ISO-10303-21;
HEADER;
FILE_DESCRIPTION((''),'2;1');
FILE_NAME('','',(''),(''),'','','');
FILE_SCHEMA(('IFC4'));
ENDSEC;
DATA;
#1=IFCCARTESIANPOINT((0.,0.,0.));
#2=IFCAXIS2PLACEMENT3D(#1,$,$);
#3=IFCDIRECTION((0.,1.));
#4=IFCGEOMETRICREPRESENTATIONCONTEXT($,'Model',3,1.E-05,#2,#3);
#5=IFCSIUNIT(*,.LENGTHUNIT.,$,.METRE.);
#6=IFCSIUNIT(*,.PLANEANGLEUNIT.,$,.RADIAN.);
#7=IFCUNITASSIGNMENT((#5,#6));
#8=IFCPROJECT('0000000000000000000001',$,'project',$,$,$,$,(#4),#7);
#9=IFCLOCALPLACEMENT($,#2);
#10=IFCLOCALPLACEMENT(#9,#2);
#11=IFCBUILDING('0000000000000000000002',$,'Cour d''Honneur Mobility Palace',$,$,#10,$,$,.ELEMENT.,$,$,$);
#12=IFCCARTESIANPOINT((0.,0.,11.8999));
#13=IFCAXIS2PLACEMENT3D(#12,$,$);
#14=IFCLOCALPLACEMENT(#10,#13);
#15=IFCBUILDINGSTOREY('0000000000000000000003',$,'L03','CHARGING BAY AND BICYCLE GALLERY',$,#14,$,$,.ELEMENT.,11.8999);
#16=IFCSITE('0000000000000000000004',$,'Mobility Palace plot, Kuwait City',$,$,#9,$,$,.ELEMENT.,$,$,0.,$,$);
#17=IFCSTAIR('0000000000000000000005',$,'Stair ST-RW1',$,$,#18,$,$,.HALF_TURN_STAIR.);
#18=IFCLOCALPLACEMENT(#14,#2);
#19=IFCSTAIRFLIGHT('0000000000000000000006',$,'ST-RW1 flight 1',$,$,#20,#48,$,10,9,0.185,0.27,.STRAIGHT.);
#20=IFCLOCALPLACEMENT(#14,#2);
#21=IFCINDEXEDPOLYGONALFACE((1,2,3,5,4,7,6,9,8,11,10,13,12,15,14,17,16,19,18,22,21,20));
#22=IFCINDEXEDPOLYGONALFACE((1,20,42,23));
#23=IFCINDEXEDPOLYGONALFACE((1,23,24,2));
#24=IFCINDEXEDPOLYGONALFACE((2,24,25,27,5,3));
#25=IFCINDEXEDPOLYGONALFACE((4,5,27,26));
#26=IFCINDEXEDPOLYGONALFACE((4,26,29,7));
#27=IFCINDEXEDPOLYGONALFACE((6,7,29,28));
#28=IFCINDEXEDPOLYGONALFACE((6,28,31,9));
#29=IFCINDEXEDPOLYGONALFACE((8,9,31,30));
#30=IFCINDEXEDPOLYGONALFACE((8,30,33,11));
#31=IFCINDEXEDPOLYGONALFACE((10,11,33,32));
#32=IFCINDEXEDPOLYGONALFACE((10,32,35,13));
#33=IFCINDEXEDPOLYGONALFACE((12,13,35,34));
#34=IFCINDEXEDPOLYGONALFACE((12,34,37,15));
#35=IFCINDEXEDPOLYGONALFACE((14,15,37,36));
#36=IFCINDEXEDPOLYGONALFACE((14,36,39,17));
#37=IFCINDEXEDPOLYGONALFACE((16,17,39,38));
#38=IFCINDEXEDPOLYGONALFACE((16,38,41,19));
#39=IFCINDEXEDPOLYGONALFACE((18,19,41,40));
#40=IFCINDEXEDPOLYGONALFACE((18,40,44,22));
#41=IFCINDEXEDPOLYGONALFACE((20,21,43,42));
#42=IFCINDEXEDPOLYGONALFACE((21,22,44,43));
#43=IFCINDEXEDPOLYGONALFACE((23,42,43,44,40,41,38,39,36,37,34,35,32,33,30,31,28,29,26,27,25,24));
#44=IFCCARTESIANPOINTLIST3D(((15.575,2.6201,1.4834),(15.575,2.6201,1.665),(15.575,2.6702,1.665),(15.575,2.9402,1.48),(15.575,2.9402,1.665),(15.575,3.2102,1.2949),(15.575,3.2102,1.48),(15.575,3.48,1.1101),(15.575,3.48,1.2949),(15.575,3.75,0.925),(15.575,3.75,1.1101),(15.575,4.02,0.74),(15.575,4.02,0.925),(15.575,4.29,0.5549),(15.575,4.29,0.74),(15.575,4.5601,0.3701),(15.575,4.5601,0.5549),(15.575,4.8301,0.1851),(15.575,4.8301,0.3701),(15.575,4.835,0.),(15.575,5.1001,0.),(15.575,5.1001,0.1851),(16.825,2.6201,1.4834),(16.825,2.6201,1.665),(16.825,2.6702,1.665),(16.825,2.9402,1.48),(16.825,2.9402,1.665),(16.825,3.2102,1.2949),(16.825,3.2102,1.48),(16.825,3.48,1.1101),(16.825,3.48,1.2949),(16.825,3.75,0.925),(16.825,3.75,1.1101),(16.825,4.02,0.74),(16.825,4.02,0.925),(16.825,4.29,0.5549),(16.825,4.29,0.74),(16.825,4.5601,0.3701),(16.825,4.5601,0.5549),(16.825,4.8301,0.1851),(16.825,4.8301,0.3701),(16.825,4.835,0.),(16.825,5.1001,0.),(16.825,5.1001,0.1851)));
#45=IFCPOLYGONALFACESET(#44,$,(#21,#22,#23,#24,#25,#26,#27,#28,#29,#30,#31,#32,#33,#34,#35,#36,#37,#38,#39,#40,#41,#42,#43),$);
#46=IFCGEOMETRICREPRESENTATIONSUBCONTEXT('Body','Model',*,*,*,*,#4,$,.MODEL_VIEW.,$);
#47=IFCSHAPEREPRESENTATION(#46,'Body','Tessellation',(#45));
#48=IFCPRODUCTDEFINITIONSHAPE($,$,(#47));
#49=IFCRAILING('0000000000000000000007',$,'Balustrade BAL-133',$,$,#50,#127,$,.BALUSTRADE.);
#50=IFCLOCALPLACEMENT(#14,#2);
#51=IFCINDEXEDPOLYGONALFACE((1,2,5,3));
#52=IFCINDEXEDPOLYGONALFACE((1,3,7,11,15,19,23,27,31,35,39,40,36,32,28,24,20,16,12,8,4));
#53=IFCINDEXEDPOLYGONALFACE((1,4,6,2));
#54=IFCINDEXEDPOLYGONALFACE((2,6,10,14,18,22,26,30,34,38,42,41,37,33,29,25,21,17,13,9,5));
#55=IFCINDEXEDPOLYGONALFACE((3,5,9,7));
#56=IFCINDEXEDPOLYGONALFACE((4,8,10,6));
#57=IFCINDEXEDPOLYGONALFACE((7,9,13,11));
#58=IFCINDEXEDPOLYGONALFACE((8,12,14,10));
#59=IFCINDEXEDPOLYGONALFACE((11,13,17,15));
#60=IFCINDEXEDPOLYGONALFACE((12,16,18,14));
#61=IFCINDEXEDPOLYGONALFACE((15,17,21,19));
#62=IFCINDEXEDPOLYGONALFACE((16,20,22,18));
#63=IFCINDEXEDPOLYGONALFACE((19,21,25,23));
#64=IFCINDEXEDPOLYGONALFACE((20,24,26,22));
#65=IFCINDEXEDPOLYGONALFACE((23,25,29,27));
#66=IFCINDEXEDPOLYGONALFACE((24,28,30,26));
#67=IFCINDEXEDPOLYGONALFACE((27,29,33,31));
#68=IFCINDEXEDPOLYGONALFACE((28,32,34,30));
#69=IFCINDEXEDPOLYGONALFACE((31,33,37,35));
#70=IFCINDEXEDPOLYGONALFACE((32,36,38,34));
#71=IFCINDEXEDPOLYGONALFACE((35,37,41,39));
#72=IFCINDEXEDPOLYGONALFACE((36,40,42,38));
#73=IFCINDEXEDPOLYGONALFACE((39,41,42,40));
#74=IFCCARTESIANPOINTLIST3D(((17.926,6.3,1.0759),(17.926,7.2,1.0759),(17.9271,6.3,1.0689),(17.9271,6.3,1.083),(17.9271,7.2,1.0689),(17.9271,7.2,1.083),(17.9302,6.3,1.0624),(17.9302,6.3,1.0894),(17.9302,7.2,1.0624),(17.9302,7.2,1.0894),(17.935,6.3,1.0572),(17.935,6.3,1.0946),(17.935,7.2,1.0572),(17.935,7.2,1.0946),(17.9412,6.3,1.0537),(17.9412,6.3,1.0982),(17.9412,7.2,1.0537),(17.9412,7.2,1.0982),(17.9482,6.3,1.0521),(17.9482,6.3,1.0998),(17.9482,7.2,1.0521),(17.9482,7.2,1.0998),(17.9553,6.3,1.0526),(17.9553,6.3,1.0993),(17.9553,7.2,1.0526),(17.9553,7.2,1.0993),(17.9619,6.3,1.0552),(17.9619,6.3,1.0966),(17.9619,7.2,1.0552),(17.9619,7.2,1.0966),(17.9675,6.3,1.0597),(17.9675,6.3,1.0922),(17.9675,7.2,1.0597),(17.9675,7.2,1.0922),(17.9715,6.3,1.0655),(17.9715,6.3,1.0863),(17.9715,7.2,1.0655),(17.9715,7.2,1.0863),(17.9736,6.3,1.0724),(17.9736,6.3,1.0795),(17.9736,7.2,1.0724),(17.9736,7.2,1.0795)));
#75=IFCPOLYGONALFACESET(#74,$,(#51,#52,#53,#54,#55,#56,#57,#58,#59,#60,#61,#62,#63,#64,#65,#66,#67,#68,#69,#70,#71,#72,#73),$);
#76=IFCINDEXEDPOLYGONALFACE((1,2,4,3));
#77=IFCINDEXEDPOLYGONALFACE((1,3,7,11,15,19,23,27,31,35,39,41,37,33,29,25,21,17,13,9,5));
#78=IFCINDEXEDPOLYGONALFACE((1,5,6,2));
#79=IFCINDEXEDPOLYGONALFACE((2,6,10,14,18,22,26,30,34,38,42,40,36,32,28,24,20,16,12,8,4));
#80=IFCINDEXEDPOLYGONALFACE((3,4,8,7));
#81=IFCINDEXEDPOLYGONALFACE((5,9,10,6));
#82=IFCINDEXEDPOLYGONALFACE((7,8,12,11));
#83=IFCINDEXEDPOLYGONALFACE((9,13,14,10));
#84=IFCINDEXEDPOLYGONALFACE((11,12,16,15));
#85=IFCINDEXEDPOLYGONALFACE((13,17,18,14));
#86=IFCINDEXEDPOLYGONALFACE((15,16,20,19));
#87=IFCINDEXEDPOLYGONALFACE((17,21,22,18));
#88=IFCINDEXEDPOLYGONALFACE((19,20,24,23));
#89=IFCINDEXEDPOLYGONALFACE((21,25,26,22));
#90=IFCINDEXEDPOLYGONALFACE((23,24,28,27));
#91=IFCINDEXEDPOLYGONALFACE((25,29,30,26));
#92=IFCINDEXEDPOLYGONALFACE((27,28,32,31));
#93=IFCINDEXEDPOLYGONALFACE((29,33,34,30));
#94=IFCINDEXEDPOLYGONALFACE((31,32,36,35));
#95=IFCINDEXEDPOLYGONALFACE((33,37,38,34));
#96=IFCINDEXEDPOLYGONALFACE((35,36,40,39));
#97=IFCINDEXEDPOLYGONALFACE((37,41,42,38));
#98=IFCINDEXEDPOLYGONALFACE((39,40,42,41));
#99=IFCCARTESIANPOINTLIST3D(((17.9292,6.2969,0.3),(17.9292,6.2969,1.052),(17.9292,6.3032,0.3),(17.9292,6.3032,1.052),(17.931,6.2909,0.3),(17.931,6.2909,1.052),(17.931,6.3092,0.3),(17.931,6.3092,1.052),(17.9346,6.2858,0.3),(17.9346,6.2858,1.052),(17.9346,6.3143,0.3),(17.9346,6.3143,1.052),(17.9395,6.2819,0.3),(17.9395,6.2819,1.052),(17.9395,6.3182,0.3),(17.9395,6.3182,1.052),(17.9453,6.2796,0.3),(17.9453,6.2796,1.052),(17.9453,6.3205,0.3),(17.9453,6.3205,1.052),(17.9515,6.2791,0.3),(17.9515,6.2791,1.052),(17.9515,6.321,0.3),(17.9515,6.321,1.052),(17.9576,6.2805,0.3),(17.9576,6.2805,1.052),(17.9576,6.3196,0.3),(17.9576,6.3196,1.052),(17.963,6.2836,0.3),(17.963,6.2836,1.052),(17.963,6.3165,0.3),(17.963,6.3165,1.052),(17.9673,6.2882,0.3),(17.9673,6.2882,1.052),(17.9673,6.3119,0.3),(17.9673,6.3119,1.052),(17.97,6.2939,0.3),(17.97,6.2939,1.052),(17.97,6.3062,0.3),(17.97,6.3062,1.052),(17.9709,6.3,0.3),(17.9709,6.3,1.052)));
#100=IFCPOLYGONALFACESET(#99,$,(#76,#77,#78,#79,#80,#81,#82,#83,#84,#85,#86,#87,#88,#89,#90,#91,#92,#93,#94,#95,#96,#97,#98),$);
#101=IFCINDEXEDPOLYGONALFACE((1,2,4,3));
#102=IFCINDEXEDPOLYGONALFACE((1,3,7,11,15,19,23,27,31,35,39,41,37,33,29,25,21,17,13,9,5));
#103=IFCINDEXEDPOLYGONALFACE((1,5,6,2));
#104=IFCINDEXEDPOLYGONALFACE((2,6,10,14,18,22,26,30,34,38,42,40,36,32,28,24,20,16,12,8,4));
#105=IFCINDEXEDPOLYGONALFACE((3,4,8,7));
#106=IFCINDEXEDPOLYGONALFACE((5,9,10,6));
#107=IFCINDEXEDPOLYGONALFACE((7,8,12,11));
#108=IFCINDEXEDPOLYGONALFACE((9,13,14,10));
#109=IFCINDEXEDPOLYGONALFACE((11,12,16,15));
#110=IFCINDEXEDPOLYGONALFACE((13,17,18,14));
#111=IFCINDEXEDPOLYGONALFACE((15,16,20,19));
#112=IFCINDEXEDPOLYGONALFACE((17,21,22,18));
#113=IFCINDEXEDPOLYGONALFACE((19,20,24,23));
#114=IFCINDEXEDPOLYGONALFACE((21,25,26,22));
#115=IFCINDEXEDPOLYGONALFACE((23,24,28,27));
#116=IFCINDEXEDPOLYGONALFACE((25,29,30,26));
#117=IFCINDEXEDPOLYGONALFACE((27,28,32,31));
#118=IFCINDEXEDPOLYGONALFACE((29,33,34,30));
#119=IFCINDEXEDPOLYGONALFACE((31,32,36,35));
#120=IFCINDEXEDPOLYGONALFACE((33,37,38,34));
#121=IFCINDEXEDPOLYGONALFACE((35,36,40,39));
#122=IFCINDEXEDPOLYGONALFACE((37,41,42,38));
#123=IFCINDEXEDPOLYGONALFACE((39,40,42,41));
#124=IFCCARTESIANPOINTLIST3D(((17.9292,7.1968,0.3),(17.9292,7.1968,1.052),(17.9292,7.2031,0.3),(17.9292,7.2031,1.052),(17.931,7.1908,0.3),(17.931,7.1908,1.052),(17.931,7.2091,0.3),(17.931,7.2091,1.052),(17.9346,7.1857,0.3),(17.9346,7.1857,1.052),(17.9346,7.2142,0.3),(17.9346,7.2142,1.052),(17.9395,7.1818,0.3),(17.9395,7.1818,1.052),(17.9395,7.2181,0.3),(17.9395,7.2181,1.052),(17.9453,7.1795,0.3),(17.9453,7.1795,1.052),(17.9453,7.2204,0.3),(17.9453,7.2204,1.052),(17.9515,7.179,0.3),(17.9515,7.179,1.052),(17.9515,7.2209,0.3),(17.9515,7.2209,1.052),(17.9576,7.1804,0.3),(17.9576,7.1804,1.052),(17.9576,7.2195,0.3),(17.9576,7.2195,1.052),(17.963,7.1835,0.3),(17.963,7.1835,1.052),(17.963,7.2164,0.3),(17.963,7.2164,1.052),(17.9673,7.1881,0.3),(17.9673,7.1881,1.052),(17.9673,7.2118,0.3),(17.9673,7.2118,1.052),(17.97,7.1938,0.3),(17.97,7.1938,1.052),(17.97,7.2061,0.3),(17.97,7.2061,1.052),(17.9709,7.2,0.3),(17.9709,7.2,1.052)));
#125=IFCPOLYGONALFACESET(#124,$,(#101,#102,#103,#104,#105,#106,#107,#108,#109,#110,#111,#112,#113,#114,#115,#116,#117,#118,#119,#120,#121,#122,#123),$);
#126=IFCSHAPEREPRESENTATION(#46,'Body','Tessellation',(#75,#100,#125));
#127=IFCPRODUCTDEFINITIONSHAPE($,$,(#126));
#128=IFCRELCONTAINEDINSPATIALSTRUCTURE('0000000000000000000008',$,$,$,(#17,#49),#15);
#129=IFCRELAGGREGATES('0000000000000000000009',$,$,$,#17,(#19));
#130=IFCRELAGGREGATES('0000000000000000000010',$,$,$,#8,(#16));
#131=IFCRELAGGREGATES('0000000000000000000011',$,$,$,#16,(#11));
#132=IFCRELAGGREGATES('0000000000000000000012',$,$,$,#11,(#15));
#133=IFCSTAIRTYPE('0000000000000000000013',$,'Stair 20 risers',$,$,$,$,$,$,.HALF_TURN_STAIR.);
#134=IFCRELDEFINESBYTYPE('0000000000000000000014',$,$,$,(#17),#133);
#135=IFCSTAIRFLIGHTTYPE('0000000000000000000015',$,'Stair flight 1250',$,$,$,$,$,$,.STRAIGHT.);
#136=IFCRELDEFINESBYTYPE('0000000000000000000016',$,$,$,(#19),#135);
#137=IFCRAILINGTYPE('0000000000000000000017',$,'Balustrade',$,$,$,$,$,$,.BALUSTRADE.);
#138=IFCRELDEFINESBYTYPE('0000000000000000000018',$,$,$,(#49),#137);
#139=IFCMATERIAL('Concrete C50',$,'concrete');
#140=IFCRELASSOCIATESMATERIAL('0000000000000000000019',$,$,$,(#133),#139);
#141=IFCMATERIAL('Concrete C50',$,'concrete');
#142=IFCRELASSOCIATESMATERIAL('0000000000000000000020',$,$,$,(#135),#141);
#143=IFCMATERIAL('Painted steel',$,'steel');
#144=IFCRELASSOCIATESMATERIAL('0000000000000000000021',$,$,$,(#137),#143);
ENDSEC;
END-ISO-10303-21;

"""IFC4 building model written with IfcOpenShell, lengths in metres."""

from ifc_helpers import new_model, si_unit, direction, frame, origin, origin_2d, place, context, subcontext, project, spatial, polyline, circle, outline, extrude, material, type_object, element, aggregate, save


model = new_model("IFC4")

# Units and contexts
model_context = context("Model", 3, precision=1e-05, world=origin(), true_north=direction((0.0, 1.0)))
body_context = subcontext(model_context, "Body", "Model", "MODEL_VIEW")
ifc_project = project(units=[si_unit("LENGTHUNIT", "METRE"), si_unit("PLANEANGLEUNIT", "RADIAN")], contexts=[model_context])

# Site, building, storey
site_placement = place(None, origin())
site = spatial("IfcSite", under=ifc_project, at=site_placement, Name="Mobility Palace plot, Kuwait City", CompositionType="ELEMENT", RefElevation=0.0)
building_placement = place(site_placement, origin())
building = spatial("IfcBuilding", under=site, at=building_placement, Name="Cour d'Honneur Mobility Palace", CompositionType="ELEMENT")
storey_placement = place(building_placement, frame((0.0, 0.0, 11.8999)))
storey = spatial("IfcBuildingStorey", under=building, at=storey_placement, Name="L03", Description="CHARGING BAY AND BICYCLE GALLERY", CompositionType="ELEMENT", Elevation=11.8999)

# Stair, stair flight
ifc_material_1 = material(Name="Concrete C50", Category="concrete")
stair_type = type_object("IfcStairType", Name="Stair 20 risers", PredefinedType="HALF_TURN_STAIR", material=ifc_material_1)
stair_placement = place(storey_placement, origin())
stair = element("IfcStair", 1, at=stair_placement, inside=storey, type_object=stair_type, Name="Stair ST-RW1", PredefinedType="HALF_TURN_STAIR")
ifc_material_2 = material(Name="Concrete C50", Category="concrete")
stair_flight_type = type_object("IfcStairFlightType", Name="Stair flight 1250", PredefinedType="STRAIGHT", material=ifc_material_2)
stair_flight_placement = place(storey_placement, frame((16.2, 5.1001, 0.0), z_axis=(0.0, 0.0, 1.0), x_axis=(0.0, -1.0, 0.0)))
stair_flight = element("IfcStairFlight", 2, at=stair_flight_placement, type_object=stair_flight_type, Name="ST-RW1 flight 1", NumberOfRisers=10, NumberOfTreads=9, PredefinedType="STRAIGHT", RiserHeight=0.185, TreadLength=0.27, context=body_context, shape_type="SweptSolid", body=[
    extrude(outline(polyline([(0.0, 0.0), (0.0, 0.1851), (0.27, 0.1851), (0.27, 0.3701), (0.54, 0.3701), (0.54, 0.5549), (0.8101, 0.5549), (0.8101, 0.74), (1.0801, 0.74), (1.0801, 0.925), (1.3501, 0.925), (1.3501, 1.1101), (1.6201, 1.1101), (1.6201, 1.2949), (1.8899, 1.2949), (1.8899, 1.48), (2.1599, 1.48), (2.1599, 1.665), (2.4299, 1.665), (2.48, 1.665), (2.48, 1.4834), (0.2651, 0.0), (0.0, 0.0)])), frame((0.0, 0.625, 0.0), z_axis=(0.0, -1.0, 0.0), x_axis=(1.0, 0.0, 0.0)), (0.0, 0.0, 1.0), 1.25),
])
aggregate(stair, [stair_flight])

# Railing
ifc_material_3 = material(Name="Painted steel", Category="steel")
railing_type_1 = type_object("IfcRailingType", Name="Balustrade", PredefinedType="BALUSTRADE", material=ifc_material_3)
railing_1_placement = place(storey_placement, frame((17.95, 6.3, 0.3)))
element("IfcRailing", 3, at=railing_1_placement, inside=storey, type_object=railing_type_1, Name="Balustrade BAL-133", PredefinedType="BALUSTRADE", context=body_context, shape_type="SweptSolid", body=[
    extrude(circle(Radius=0.0239, at=origin_2d()), frame((0.0, 0.0, 0.7759), z_axis=(0.0, 1.0, 0.0), x_axis=(-1.0, 0.0, 0.0)), (0.0, 0.0, 1.0), 0.8999),
    extrude(circle(Radius=0.021, at=origin_2d()), origin(), (0.0, 0.0, 1.0), 0.752),
    extrude(circle(Radius=0.021, at=origin_2d()), frame((0.0, 0.8999, 0.0)), (0.0, 0.0, 1.0), 0.752),
])

save(model, "model.ifc")
